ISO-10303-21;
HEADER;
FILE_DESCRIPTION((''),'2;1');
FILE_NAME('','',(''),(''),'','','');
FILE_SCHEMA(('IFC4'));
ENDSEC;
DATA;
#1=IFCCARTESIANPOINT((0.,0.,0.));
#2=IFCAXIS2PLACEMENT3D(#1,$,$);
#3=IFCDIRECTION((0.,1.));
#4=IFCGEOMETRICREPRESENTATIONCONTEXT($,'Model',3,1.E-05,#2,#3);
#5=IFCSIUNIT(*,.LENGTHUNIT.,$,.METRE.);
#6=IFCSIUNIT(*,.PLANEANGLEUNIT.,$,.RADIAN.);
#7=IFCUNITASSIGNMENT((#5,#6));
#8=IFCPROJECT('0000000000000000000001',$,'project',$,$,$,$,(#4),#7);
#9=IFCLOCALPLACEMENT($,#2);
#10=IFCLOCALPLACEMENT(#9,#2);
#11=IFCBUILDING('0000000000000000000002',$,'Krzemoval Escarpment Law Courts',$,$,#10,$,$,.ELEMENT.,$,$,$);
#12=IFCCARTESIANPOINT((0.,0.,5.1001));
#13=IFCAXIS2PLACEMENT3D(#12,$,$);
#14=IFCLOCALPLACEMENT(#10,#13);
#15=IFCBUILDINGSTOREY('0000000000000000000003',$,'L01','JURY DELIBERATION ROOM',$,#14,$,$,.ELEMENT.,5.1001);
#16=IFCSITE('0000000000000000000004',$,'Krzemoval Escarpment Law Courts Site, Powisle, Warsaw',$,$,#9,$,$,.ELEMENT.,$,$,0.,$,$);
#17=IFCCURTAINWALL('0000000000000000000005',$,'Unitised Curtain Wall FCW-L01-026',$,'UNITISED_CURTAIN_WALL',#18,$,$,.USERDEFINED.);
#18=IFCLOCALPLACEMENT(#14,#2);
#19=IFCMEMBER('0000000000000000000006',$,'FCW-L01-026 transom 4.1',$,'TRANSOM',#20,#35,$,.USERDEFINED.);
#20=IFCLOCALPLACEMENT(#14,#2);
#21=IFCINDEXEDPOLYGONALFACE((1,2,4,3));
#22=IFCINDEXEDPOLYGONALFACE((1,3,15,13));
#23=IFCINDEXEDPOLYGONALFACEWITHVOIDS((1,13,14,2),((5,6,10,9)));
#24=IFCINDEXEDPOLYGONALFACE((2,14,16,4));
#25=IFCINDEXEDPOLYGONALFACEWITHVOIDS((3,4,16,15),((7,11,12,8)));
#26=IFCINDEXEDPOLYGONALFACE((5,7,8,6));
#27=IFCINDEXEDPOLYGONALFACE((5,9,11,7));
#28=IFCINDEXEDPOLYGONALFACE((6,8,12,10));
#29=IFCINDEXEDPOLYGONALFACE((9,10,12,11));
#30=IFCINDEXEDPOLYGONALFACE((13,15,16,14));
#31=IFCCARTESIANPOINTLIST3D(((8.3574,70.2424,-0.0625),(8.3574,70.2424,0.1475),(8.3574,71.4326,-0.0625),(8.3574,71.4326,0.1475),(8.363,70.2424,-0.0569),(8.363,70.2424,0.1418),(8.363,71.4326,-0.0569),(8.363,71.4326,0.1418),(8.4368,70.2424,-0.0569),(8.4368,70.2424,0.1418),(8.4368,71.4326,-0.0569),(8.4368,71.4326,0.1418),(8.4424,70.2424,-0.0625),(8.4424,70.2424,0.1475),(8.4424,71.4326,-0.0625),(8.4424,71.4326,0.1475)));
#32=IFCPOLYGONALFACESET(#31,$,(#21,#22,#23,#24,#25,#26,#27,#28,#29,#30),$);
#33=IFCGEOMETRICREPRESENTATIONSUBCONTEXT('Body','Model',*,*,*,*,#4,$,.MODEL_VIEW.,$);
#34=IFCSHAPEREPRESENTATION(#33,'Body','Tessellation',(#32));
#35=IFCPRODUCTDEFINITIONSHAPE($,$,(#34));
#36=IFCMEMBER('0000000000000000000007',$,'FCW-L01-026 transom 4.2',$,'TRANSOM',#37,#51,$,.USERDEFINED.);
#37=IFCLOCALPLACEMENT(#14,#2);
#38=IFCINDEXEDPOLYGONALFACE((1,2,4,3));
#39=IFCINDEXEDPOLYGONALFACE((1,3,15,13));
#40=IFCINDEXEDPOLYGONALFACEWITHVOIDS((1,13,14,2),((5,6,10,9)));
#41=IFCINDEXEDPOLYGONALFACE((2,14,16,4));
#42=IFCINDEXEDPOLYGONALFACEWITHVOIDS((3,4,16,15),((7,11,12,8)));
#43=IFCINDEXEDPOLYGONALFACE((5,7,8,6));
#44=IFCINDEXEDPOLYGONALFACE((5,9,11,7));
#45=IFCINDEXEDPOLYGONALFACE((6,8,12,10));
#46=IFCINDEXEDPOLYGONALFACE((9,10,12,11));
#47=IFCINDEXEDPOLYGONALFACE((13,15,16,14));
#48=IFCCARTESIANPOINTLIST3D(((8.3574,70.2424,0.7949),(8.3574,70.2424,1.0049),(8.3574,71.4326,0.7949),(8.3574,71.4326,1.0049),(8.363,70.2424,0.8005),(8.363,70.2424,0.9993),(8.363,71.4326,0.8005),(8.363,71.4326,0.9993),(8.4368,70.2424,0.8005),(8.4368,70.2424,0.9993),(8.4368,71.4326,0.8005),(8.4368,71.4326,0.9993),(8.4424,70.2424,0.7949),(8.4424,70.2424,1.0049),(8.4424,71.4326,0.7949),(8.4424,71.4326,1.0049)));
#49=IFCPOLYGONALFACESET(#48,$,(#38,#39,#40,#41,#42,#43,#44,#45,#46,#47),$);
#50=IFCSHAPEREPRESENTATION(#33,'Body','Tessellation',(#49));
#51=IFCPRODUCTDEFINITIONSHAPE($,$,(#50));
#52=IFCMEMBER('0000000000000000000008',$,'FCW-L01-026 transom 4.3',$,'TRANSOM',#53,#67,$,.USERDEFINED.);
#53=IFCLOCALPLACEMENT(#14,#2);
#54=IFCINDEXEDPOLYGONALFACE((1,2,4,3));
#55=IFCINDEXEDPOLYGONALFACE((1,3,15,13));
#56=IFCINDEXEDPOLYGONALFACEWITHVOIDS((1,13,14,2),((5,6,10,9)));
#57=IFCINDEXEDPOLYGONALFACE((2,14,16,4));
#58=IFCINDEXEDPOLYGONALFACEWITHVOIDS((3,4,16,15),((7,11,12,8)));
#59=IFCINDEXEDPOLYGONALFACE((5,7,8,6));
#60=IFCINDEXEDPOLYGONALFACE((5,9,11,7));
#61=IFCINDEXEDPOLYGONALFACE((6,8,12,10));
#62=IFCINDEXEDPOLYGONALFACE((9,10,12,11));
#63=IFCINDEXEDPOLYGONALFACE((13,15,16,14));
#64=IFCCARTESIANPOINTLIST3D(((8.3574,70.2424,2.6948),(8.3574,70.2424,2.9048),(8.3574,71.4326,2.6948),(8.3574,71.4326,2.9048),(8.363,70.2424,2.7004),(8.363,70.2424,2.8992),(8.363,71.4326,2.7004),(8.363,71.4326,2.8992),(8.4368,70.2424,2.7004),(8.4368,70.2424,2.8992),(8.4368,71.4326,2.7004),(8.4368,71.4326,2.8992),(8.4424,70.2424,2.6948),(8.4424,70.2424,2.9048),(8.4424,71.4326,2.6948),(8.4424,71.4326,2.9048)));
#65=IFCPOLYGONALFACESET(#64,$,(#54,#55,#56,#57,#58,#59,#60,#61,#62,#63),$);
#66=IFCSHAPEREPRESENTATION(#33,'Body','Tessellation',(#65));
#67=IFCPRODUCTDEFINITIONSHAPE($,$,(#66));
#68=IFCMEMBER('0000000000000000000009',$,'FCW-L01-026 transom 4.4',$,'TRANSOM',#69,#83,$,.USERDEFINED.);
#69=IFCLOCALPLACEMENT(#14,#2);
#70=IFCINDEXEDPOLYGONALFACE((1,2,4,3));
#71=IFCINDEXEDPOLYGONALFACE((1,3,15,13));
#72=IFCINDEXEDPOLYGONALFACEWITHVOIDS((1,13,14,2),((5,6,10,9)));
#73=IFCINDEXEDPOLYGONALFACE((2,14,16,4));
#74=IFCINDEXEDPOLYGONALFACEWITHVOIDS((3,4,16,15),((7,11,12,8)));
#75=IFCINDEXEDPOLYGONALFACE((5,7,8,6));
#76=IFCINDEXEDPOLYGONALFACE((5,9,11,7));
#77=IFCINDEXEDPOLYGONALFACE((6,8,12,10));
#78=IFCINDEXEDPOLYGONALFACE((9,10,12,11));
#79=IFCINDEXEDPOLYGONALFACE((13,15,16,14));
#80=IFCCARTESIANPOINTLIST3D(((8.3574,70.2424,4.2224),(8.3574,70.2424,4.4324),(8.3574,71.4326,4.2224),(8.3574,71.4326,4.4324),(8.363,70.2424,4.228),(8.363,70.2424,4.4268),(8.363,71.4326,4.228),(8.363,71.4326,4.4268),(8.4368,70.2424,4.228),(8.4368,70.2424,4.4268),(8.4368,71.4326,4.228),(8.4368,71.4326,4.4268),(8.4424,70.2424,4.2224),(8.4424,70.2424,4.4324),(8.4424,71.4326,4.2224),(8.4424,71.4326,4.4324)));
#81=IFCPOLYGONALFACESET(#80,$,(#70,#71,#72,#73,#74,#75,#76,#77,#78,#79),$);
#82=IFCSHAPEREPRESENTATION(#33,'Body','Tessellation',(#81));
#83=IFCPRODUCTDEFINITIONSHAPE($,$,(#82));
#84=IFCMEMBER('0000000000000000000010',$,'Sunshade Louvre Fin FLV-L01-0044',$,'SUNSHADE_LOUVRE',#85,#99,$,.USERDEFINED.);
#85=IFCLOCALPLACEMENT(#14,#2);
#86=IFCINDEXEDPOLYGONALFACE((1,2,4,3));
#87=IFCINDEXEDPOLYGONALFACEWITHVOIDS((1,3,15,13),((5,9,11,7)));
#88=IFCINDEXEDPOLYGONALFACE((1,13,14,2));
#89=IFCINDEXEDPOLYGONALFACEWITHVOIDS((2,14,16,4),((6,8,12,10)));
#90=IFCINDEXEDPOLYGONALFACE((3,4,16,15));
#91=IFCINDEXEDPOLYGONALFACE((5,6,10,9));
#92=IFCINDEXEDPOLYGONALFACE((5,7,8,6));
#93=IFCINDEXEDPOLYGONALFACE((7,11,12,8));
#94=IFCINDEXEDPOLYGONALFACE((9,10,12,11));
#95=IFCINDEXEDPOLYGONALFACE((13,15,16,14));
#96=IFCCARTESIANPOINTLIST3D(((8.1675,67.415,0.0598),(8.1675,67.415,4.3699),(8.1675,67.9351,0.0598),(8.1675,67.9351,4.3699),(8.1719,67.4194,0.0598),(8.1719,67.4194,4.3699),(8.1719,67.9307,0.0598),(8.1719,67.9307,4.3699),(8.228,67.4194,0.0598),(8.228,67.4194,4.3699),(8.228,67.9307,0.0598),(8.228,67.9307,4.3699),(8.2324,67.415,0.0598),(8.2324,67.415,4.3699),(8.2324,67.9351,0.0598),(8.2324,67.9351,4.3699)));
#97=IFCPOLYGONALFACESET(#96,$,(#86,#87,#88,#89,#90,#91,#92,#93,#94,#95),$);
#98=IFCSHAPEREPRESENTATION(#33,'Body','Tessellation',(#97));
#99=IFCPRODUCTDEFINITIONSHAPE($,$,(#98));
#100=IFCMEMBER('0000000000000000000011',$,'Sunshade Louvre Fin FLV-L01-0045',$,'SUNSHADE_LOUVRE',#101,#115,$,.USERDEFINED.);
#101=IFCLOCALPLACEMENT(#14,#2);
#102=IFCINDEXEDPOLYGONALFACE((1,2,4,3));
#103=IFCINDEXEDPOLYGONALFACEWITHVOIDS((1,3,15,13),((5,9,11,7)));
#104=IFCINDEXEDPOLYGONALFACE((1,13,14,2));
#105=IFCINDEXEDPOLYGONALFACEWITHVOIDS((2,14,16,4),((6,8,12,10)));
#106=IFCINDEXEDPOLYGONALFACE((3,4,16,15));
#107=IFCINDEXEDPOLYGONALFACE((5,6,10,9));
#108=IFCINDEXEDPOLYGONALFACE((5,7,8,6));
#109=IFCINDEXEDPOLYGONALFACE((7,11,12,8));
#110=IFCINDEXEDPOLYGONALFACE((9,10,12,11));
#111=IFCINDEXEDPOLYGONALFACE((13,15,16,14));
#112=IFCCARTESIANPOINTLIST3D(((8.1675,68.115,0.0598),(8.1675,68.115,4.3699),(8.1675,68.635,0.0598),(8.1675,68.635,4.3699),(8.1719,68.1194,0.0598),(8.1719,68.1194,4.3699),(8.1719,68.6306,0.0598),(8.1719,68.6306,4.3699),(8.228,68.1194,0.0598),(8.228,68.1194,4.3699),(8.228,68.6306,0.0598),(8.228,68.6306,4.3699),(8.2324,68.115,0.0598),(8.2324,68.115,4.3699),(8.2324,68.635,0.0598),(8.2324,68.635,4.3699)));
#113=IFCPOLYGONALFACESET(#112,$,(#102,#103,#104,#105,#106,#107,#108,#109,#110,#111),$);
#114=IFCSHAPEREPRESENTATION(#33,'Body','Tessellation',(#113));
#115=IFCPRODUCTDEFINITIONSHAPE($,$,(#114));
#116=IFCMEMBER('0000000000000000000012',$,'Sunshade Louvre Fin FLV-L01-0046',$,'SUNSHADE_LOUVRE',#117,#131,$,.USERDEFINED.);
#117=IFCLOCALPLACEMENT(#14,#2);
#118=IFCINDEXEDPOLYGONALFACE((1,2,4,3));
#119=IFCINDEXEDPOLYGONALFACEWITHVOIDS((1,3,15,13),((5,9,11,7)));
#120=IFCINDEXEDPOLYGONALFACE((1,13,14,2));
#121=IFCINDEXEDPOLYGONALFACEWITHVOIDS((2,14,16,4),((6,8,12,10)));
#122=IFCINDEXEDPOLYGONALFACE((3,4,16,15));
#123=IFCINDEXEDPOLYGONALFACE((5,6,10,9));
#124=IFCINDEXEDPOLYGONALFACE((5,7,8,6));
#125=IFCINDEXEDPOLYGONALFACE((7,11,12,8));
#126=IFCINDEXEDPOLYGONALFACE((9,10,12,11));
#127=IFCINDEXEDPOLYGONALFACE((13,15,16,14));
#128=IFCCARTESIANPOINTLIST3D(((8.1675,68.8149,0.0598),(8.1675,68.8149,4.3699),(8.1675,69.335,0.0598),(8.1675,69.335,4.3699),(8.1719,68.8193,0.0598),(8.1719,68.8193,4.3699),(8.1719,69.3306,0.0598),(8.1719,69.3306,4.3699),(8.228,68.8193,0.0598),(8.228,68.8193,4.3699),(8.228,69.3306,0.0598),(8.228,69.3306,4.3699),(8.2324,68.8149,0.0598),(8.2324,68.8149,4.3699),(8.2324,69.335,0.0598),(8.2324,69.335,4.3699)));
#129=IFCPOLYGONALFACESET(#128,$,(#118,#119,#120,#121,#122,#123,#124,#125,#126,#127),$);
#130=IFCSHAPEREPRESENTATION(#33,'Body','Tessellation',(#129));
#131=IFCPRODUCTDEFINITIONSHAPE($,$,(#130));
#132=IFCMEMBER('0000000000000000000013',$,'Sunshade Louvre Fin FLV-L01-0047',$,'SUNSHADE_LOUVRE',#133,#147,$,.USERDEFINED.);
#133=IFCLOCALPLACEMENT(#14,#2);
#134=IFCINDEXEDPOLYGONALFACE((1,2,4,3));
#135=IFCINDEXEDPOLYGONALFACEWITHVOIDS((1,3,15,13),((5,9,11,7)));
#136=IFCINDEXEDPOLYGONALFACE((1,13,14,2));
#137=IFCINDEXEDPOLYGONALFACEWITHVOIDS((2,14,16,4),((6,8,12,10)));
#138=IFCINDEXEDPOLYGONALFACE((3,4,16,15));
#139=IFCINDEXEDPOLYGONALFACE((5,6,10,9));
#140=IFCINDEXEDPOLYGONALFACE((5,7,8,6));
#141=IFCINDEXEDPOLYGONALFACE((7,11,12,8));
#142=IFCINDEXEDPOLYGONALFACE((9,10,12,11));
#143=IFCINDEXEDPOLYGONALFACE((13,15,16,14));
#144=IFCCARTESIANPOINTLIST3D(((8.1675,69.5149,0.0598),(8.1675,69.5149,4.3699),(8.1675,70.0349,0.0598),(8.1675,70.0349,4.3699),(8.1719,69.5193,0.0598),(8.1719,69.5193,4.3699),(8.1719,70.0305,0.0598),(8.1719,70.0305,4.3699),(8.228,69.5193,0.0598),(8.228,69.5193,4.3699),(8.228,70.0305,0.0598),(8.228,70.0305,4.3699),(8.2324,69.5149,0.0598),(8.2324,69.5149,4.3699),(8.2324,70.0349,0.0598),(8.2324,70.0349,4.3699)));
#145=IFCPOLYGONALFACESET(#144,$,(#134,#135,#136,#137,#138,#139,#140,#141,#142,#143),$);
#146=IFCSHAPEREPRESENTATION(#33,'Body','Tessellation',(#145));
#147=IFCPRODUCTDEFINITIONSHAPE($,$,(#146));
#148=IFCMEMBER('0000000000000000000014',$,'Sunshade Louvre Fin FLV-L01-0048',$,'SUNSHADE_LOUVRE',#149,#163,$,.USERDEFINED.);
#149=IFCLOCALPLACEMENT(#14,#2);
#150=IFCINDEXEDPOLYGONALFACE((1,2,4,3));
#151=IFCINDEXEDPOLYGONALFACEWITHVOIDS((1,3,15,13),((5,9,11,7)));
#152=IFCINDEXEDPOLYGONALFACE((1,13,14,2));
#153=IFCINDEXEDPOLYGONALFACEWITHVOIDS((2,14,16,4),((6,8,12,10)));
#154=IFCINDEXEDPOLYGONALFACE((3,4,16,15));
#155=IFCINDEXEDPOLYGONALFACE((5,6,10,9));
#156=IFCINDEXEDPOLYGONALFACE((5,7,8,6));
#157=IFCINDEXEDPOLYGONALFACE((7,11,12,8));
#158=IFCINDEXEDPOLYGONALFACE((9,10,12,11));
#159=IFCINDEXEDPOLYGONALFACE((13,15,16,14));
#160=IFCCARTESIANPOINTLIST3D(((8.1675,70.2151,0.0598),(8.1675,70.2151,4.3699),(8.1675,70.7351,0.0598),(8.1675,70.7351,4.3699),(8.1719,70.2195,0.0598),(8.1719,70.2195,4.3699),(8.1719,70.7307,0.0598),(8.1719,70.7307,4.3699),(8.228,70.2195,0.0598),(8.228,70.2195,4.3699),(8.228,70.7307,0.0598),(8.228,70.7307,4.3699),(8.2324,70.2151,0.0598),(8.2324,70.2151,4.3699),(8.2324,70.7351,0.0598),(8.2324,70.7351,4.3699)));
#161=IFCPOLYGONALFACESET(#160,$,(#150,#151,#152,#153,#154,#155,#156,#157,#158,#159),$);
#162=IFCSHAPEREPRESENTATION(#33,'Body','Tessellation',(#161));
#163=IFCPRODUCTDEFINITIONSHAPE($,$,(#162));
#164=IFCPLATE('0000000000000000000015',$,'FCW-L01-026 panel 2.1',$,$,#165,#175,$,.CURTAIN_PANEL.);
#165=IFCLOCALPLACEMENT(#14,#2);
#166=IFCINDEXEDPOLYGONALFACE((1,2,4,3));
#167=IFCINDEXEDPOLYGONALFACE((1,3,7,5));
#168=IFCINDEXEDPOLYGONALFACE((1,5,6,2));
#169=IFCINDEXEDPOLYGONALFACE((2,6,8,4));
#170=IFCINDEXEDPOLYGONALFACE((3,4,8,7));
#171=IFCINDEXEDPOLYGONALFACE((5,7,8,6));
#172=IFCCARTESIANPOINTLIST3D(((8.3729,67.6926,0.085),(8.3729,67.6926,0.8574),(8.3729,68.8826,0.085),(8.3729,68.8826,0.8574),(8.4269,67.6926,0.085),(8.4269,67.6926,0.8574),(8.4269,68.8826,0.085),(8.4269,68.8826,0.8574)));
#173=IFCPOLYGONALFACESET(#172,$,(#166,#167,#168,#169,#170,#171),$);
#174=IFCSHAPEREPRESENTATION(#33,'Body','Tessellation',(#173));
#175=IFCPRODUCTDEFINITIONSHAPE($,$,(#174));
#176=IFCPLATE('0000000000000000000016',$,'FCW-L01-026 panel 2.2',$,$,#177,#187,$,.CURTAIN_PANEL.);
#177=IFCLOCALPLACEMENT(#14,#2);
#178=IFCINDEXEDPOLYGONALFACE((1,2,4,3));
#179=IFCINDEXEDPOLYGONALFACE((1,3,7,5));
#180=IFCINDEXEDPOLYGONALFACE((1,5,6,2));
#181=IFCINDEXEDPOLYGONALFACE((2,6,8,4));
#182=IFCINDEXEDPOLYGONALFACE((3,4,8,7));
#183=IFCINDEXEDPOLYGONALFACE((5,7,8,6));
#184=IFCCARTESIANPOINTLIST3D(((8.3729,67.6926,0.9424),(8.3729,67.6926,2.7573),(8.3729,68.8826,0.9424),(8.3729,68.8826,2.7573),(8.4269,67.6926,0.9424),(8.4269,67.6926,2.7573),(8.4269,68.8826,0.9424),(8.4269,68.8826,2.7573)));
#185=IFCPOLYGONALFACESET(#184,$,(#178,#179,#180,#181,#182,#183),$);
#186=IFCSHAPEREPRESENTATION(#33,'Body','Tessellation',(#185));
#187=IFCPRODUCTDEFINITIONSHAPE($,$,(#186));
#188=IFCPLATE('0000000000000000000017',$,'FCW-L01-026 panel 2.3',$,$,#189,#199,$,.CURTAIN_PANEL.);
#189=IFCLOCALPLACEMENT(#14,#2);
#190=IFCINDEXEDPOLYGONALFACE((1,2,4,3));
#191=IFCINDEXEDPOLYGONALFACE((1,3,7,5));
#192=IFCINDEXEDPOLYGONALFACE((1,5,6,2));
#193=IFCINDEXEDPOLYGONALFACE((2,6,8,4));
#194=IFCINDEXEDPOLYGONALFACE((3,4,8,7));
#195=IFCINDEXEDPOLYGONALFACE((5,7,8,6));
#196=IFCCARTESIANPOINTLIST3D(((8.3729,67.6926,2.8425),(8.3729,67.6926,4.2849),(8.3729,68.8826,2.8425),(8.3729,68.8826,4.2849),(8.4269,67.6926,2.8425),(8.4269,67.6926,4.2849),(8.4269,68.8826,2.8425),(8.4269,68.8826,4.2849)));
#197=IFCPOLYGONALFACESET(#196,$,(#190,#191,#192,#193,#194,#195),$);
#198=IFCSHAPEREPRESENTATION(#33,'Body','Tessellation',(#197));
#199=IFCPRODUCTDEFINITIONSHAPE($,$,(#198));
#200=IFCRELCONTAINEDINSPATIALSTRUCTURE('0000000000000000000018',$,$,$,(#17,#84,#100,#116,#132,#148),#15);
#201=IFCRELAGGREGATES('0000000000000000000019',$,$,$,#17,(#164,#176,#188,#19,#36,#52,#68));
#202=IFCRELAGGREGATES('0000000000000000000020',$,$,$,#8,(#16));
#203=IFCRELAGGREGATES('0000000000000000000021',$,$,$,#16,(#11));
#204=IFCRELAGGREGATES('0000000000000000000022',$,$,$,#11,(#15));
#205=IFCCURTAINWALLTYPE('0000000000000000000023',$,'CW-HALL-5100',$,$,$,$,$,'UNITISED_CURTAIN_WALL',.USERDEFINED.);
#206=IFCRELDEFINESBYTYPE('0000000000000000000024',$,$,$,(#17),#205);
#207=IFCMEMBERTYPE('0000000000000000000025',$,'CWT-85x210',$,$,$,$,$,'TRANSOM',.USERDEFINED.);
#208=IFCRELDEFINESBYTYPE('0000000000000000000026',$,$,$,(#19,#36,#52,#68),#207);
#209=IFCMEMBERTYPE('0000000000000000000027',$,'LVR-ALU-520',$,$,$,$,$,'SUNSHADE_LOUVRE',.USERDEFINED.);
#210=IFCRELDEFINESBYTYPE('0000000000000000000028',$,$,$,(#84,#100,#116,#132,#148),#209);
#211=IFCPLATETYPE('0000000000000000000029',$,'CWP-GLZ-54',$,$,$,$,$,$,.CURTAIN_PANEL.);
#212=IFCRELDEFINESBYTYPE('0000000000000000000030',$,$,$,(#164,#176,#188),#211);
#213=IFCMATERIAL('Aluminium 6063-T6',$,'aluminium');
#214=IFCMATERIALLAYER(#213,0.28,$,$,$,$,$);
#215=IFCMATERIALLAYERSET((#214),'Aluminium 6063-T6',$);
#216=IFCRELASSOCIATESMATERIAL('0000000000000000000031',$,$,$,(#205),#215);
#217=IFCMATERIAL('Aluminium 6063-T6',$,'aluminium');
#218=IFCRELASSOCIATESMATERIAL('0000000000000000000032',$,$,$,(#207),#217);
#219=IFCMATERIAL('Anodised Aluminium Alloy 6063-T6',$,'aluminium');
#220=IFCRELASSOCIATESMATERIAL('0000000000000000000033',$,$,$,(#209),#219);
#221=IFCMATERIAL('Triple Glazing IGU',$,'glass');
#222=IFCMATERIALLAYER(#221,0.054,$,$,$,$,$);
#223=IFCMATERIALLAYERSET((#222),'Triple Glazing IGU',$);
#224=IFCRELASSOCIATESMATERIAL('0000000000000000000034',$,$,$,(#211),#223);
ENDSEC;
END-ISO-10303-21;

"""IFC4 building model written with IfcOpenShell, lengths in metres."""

from ifc_helpers import new_model, si_unit, direction, frame, origin, origin_2d, place, context, subcontext, project, spatial, rectangle, hollow_rectangle, extrude, material, layer, layer_set, material_profile, profile_set, type_object, element, aggregate, save


model = new_model("IFC4")

# Units and contexts
model_context = context("Model", 3, precision=1e-05, world=origin(), true_north=direction((0.0, 1.0)))
body_context = subcontext(model_context, "Body", "Model", "MODEL_VIEW")
ifc_project = project(units=[si_unit("LENGTHUNIT", "METRE"), si_unit("PLANEANGLEUNIT", "RADIAN")], contexts=[model_context])

# Site, building, storey
site_placement = place(None, origin())
site = spatial("IfcSite", under=ifc_project, at=site_placement, Name="Krzemoval Escarpment Law Courts Site, Powisle, Warsaw", CompositionType="ELEMENT", RefElevation=0.0)
building_placement = place(site_placement, origin())
building = spatial("IfcBuilding", under=site, at=building_placement, Name="Krzemoval Escarpment Law Courts", CompositionType="ELEMENT")
storey_placement = place(building_placement, frame((0.0, 0.0, 5.1001)))
storey = spatial("IfcBuildingStorey", under=building, at=storey_placement, Name="L01", Description="JURY DELIBERATION ROOM", CompositionType="ELEMENT", Elevation=5.1001)

# Curtain wall, members
ifc_material_1 = material(Name="Aluminium 6063-T6", Category="aluminium")
ifc_layer_1 = layer(ifc_material_1, 0.28)
ifc_layer_set_1 = layer_set([ifc_layer_1], Name="Aluminium 6063-T6")
curtain_wall_type = type_object("IfcCurtainWallType", Name="CW-HALL-5100", ElementType="UNITISED_CURTAIN_WALL", PredefinedType="USERDEFINED", material=ifc_layer_set_1)
curtain_wall_placement = place(storey_placement, origin())
curtain_wall = element("IfcCurtainWall", 1, at=curtain_wall_placement, inside=storey, type_object=curtain_wall_type, Name="Unitised Curtain Wall FCW-L01-026", ObjectType="UNITISED_CURTAIN_WALL", PredefinedType="USERDEFINED")
ifc_material_2 = material(Name="Aluminium 6063-T6", Category="aluminium")
ifc_material_profile_1 = material_profile(ifc_material_2, hollow_rectangle(XDim=0.085, YDim=0.21, WallThickness=0.0056, at=origin_2d()), Name="ALU T85x210")
ifc_profile_set_1 = profile_set([ifc_material_profile_1], Name="Aluminium 6063-T6")
member_type_1 = type_object("IfcMemberType", Name="CWT-85x210", ElementType="TRANSOM", PredefinedType="USERDEFINED", material=ifc_profile_set_1)
member_1_placement = place(storey_placement, frame((8.3999, 70.2424, 0.0425), z_axis=(0.0, 1.0, 0.0), x_axis=(-1.0, 0.0, 0.0)))
member_1 = element("IfcMember", 2, at=member_1_placement, type_object=member_type_1, Name="FCW-L01-026 transom 4.1", ObjectType="TRANSOM", PredefinedType="USERDEFINED", context=body_context, shape_type="SweptSolid", body=[
    extrude(hollow_rectangle(XDim=0.085, YDim=0.21, WallThickness=0.0056, at=origin_2d()), origin(), (0.0, 0.0, 1.0), 1.1902),
])
member_2_placement = place(storey_placement, frame((8.3999, 70.2424, 0.8999), z_axis=(0.0, 1.0, 0.0), x_axis=(-1.0, 0.0, 0.0)))
member_2 = element("IfcMember", 3, at=member_2_placement, type_object=member_type_1, Name="FCW-L01-026 transom 4.2", ObjectType="TRANSOM", PredefinedType="USERDEFINED", context=body_context, shape_type="SweptSolid", body=[
    extrude(hollow_rectangle(XDim=0.085, YDim=0.21, WallThickness=0.0056, at=origin_2d()), origin(), (0.0, 0.0, 1.0), 1.1902),
])
member_3_placement = place(storey_placement, frame((8.3999, 70.2424, 2.7998), z_axis=(0.0, 1.0, 0.0), x_axis=(-1.0, 0.0, 0.0)))
member_3 = element("IfcMember", 4, at=member_3_placement, type_object=member_type_1, Name="FCW-L01-026 transom 4.3", ObjectType="TRANSOM", PredefinedType="USERDEFINED", context=body_context, shape_type="SweptSolid", body=[
    extrude(hollow_rectangle(XDim=0.085, YDim=0.21, WallThickness=0.0056, at=origin_2d()), origin(), (0.0, 0.0, 1.0), 1.1902),
])
member_4_placement = place(storey_placement, frame((8.3999, 70.2424, 4.3274), z_axis=(0.0, 1.0, 0.0), x_axis=(-1.0, 0.0, 0.0)))
member_4 = element("IfcMember", 5, at=member_4_placement, type_object=member_type_1, Name="FCW-L01-026 transom 4.4", ObjectType="TRANSOM", PredefinedType="USERDEFINED", context=body_context, shape_type="SweptSolid", body=[
    extrude(hollow_rectangle(XDim=0.085, YDim=0.21, WallThickness=0.0056, at=origin_2d()), origin(), (0.0, 0.0, 1.0), 1.1902),
])

# Members
ifc_material_3 = material(Name="Anodised Aluminium Alloy 6063-T6", Category="aluminium")
ifc_material_profile_2 = material_profile(ifc_material_3, hollow_rectangle(XDim=0.0649, YDim=0.52, WallThickness=0.0044, at=origin_2d()), Name="ALU LVR 65x520")
ifc_profile_set_2 = profile_set([ifc_material_profile_2], Name="Anodised Aluminium Alloy 6063-T6")
member_type_2 = type_object("IfcMemberType", Name="LVR-ALU-520", ElementType="SUNSHADE_LOUVRE", PredefinedType="USERDEFINED", material=ifc_profile_set_2)
for number, where, z_axis, x_axis, name in (
    (6, (8.2, 67.675, 0.0598), (0.0, 0.0, 1.0), (1.0, 0.0, 0.0), "Sunshade Louvre Fin FLV-L01-0044"),
    (7, (8.2, 68.375, 0.0598), (0.0, 0.0, 1.0), (1.0, 0.0, 0.0), "Sunshade Louvre Fin FLV-L01-0045"),
    (8, (8.2, 69.075, 0.0598), (0.0, 0.0, 1.0), (1.0, 0.0, 0.0), "Sunshade Louvre Fin FLV-L01-0046"),
    (9, (8.2, 69.7749, 0.0598), (0.0, 0.0, 1.0), (1.0, 0.0, 0.0), "Sunshade Louvre Fin FLV-L01-0047"),
    (10, (8.2, 70.4751, 0.0598), (0.0, 0.0, 1.0), (1.0, 0.0, 0.0), "Sunshade Louvre Fin FLV-L01-0048"),
):
    element("IfcMember", number, at=place(storey_placement, frame(where, z_axis=z_axis, x_axis=x_axis)), inside=storey, type_object=member_type_2, Name=name, ObjectType="SUNSHADE_LOUVRE", PredefinedType="USERDEFINED", context=body_context, shape_type="SweptSolid", body=[
        extrude(hollow_rectangle(XDim=0.0649, YDim=0.52, WallThickness=0.0044, at=origin_2d()), origin(), (0.0, 0.0, 1.0), 4.3101),
    ])

# Plates
ifc_material_4 = material(Name="Triple Glazing IGU", Category="glass")
ifc_layer_2 = layer(ifc_material_4, 0.054)
ifc_layer_set_2 = layer_set([ifc_layer_2], Name="Triple Glazing IGU")
plate_type = type_object("IfcPlateType", Name="CWP-GLZ-54", PredefinedType="CURTAIN_PANEL", material=ifc_layer_set_2)
plate_1_placement = place(storey_placement, frame((8.3999, 68.2876, 0.085), z_axis=(0.0, 0.0, 1.0), x_axis=(0.0, 1.0, 0.0)))
plate_1 = element("IfcPlate", 11, at=plate_1_placement, type_object=plate_type, Name="FCW-L01-026 panel 2.1", PredefinedType="CURTAIN_PANEL", context=body_context, shape_type="SweptSolid", body=[
    extrude(rectangle(XDim=1.1899, YDim=0.054, at=origin_2d()), origin(), (0.0, 0.0, 1.0), 0.7725),
])
plate_2_placement = place(storey_placement, frame((8.3999, 68.2876, 0.9424), z_axis=(0.0, 0.0, 1.0), x_axis=(0.0, 1.0, 0.0)))
plate_2 = element("IfcPlate", 12, at=plate_2_placement, type_object=plate_type, Name="FCW-L01-026 panel 2.2", PredefinedType="CURTAIN_PANEL", context=body_context, shape_type="SweptSolid", body=[
    extrude(rectangle(XDim=1.1899, YDim=0.054, at=origin_2d()), origin(), (0.0, 0.0, 1.0), 1.8149),
])
plate_3_placement = place(storey_placement, frame((8.3999, 68.2876, 2.8425), z_axis=(0.0, 0.0, 1.0), x_axis=(0.0, 1.0, 0.0)))
plate_3 = element("IfcPlate", 13, at=plate_3_placement, type_object=plate_type, Name="FCW-L01-026 panel 2.3", PredefinedType="CURTAIN_PANEL", context=body_context, shape_type="SweptSolid", body=[
    extrude(rectangle(XDim=1.1899, YDim=0.054, at=origin_2d()), origin(), (0.0, 0.0, 1.0), 1.4424),
])
aggregate(curtain_wall, [plate_1, plate_2, plate_3, member_1, member_2, member_3, member_4])

save(model, "model.ifc")
